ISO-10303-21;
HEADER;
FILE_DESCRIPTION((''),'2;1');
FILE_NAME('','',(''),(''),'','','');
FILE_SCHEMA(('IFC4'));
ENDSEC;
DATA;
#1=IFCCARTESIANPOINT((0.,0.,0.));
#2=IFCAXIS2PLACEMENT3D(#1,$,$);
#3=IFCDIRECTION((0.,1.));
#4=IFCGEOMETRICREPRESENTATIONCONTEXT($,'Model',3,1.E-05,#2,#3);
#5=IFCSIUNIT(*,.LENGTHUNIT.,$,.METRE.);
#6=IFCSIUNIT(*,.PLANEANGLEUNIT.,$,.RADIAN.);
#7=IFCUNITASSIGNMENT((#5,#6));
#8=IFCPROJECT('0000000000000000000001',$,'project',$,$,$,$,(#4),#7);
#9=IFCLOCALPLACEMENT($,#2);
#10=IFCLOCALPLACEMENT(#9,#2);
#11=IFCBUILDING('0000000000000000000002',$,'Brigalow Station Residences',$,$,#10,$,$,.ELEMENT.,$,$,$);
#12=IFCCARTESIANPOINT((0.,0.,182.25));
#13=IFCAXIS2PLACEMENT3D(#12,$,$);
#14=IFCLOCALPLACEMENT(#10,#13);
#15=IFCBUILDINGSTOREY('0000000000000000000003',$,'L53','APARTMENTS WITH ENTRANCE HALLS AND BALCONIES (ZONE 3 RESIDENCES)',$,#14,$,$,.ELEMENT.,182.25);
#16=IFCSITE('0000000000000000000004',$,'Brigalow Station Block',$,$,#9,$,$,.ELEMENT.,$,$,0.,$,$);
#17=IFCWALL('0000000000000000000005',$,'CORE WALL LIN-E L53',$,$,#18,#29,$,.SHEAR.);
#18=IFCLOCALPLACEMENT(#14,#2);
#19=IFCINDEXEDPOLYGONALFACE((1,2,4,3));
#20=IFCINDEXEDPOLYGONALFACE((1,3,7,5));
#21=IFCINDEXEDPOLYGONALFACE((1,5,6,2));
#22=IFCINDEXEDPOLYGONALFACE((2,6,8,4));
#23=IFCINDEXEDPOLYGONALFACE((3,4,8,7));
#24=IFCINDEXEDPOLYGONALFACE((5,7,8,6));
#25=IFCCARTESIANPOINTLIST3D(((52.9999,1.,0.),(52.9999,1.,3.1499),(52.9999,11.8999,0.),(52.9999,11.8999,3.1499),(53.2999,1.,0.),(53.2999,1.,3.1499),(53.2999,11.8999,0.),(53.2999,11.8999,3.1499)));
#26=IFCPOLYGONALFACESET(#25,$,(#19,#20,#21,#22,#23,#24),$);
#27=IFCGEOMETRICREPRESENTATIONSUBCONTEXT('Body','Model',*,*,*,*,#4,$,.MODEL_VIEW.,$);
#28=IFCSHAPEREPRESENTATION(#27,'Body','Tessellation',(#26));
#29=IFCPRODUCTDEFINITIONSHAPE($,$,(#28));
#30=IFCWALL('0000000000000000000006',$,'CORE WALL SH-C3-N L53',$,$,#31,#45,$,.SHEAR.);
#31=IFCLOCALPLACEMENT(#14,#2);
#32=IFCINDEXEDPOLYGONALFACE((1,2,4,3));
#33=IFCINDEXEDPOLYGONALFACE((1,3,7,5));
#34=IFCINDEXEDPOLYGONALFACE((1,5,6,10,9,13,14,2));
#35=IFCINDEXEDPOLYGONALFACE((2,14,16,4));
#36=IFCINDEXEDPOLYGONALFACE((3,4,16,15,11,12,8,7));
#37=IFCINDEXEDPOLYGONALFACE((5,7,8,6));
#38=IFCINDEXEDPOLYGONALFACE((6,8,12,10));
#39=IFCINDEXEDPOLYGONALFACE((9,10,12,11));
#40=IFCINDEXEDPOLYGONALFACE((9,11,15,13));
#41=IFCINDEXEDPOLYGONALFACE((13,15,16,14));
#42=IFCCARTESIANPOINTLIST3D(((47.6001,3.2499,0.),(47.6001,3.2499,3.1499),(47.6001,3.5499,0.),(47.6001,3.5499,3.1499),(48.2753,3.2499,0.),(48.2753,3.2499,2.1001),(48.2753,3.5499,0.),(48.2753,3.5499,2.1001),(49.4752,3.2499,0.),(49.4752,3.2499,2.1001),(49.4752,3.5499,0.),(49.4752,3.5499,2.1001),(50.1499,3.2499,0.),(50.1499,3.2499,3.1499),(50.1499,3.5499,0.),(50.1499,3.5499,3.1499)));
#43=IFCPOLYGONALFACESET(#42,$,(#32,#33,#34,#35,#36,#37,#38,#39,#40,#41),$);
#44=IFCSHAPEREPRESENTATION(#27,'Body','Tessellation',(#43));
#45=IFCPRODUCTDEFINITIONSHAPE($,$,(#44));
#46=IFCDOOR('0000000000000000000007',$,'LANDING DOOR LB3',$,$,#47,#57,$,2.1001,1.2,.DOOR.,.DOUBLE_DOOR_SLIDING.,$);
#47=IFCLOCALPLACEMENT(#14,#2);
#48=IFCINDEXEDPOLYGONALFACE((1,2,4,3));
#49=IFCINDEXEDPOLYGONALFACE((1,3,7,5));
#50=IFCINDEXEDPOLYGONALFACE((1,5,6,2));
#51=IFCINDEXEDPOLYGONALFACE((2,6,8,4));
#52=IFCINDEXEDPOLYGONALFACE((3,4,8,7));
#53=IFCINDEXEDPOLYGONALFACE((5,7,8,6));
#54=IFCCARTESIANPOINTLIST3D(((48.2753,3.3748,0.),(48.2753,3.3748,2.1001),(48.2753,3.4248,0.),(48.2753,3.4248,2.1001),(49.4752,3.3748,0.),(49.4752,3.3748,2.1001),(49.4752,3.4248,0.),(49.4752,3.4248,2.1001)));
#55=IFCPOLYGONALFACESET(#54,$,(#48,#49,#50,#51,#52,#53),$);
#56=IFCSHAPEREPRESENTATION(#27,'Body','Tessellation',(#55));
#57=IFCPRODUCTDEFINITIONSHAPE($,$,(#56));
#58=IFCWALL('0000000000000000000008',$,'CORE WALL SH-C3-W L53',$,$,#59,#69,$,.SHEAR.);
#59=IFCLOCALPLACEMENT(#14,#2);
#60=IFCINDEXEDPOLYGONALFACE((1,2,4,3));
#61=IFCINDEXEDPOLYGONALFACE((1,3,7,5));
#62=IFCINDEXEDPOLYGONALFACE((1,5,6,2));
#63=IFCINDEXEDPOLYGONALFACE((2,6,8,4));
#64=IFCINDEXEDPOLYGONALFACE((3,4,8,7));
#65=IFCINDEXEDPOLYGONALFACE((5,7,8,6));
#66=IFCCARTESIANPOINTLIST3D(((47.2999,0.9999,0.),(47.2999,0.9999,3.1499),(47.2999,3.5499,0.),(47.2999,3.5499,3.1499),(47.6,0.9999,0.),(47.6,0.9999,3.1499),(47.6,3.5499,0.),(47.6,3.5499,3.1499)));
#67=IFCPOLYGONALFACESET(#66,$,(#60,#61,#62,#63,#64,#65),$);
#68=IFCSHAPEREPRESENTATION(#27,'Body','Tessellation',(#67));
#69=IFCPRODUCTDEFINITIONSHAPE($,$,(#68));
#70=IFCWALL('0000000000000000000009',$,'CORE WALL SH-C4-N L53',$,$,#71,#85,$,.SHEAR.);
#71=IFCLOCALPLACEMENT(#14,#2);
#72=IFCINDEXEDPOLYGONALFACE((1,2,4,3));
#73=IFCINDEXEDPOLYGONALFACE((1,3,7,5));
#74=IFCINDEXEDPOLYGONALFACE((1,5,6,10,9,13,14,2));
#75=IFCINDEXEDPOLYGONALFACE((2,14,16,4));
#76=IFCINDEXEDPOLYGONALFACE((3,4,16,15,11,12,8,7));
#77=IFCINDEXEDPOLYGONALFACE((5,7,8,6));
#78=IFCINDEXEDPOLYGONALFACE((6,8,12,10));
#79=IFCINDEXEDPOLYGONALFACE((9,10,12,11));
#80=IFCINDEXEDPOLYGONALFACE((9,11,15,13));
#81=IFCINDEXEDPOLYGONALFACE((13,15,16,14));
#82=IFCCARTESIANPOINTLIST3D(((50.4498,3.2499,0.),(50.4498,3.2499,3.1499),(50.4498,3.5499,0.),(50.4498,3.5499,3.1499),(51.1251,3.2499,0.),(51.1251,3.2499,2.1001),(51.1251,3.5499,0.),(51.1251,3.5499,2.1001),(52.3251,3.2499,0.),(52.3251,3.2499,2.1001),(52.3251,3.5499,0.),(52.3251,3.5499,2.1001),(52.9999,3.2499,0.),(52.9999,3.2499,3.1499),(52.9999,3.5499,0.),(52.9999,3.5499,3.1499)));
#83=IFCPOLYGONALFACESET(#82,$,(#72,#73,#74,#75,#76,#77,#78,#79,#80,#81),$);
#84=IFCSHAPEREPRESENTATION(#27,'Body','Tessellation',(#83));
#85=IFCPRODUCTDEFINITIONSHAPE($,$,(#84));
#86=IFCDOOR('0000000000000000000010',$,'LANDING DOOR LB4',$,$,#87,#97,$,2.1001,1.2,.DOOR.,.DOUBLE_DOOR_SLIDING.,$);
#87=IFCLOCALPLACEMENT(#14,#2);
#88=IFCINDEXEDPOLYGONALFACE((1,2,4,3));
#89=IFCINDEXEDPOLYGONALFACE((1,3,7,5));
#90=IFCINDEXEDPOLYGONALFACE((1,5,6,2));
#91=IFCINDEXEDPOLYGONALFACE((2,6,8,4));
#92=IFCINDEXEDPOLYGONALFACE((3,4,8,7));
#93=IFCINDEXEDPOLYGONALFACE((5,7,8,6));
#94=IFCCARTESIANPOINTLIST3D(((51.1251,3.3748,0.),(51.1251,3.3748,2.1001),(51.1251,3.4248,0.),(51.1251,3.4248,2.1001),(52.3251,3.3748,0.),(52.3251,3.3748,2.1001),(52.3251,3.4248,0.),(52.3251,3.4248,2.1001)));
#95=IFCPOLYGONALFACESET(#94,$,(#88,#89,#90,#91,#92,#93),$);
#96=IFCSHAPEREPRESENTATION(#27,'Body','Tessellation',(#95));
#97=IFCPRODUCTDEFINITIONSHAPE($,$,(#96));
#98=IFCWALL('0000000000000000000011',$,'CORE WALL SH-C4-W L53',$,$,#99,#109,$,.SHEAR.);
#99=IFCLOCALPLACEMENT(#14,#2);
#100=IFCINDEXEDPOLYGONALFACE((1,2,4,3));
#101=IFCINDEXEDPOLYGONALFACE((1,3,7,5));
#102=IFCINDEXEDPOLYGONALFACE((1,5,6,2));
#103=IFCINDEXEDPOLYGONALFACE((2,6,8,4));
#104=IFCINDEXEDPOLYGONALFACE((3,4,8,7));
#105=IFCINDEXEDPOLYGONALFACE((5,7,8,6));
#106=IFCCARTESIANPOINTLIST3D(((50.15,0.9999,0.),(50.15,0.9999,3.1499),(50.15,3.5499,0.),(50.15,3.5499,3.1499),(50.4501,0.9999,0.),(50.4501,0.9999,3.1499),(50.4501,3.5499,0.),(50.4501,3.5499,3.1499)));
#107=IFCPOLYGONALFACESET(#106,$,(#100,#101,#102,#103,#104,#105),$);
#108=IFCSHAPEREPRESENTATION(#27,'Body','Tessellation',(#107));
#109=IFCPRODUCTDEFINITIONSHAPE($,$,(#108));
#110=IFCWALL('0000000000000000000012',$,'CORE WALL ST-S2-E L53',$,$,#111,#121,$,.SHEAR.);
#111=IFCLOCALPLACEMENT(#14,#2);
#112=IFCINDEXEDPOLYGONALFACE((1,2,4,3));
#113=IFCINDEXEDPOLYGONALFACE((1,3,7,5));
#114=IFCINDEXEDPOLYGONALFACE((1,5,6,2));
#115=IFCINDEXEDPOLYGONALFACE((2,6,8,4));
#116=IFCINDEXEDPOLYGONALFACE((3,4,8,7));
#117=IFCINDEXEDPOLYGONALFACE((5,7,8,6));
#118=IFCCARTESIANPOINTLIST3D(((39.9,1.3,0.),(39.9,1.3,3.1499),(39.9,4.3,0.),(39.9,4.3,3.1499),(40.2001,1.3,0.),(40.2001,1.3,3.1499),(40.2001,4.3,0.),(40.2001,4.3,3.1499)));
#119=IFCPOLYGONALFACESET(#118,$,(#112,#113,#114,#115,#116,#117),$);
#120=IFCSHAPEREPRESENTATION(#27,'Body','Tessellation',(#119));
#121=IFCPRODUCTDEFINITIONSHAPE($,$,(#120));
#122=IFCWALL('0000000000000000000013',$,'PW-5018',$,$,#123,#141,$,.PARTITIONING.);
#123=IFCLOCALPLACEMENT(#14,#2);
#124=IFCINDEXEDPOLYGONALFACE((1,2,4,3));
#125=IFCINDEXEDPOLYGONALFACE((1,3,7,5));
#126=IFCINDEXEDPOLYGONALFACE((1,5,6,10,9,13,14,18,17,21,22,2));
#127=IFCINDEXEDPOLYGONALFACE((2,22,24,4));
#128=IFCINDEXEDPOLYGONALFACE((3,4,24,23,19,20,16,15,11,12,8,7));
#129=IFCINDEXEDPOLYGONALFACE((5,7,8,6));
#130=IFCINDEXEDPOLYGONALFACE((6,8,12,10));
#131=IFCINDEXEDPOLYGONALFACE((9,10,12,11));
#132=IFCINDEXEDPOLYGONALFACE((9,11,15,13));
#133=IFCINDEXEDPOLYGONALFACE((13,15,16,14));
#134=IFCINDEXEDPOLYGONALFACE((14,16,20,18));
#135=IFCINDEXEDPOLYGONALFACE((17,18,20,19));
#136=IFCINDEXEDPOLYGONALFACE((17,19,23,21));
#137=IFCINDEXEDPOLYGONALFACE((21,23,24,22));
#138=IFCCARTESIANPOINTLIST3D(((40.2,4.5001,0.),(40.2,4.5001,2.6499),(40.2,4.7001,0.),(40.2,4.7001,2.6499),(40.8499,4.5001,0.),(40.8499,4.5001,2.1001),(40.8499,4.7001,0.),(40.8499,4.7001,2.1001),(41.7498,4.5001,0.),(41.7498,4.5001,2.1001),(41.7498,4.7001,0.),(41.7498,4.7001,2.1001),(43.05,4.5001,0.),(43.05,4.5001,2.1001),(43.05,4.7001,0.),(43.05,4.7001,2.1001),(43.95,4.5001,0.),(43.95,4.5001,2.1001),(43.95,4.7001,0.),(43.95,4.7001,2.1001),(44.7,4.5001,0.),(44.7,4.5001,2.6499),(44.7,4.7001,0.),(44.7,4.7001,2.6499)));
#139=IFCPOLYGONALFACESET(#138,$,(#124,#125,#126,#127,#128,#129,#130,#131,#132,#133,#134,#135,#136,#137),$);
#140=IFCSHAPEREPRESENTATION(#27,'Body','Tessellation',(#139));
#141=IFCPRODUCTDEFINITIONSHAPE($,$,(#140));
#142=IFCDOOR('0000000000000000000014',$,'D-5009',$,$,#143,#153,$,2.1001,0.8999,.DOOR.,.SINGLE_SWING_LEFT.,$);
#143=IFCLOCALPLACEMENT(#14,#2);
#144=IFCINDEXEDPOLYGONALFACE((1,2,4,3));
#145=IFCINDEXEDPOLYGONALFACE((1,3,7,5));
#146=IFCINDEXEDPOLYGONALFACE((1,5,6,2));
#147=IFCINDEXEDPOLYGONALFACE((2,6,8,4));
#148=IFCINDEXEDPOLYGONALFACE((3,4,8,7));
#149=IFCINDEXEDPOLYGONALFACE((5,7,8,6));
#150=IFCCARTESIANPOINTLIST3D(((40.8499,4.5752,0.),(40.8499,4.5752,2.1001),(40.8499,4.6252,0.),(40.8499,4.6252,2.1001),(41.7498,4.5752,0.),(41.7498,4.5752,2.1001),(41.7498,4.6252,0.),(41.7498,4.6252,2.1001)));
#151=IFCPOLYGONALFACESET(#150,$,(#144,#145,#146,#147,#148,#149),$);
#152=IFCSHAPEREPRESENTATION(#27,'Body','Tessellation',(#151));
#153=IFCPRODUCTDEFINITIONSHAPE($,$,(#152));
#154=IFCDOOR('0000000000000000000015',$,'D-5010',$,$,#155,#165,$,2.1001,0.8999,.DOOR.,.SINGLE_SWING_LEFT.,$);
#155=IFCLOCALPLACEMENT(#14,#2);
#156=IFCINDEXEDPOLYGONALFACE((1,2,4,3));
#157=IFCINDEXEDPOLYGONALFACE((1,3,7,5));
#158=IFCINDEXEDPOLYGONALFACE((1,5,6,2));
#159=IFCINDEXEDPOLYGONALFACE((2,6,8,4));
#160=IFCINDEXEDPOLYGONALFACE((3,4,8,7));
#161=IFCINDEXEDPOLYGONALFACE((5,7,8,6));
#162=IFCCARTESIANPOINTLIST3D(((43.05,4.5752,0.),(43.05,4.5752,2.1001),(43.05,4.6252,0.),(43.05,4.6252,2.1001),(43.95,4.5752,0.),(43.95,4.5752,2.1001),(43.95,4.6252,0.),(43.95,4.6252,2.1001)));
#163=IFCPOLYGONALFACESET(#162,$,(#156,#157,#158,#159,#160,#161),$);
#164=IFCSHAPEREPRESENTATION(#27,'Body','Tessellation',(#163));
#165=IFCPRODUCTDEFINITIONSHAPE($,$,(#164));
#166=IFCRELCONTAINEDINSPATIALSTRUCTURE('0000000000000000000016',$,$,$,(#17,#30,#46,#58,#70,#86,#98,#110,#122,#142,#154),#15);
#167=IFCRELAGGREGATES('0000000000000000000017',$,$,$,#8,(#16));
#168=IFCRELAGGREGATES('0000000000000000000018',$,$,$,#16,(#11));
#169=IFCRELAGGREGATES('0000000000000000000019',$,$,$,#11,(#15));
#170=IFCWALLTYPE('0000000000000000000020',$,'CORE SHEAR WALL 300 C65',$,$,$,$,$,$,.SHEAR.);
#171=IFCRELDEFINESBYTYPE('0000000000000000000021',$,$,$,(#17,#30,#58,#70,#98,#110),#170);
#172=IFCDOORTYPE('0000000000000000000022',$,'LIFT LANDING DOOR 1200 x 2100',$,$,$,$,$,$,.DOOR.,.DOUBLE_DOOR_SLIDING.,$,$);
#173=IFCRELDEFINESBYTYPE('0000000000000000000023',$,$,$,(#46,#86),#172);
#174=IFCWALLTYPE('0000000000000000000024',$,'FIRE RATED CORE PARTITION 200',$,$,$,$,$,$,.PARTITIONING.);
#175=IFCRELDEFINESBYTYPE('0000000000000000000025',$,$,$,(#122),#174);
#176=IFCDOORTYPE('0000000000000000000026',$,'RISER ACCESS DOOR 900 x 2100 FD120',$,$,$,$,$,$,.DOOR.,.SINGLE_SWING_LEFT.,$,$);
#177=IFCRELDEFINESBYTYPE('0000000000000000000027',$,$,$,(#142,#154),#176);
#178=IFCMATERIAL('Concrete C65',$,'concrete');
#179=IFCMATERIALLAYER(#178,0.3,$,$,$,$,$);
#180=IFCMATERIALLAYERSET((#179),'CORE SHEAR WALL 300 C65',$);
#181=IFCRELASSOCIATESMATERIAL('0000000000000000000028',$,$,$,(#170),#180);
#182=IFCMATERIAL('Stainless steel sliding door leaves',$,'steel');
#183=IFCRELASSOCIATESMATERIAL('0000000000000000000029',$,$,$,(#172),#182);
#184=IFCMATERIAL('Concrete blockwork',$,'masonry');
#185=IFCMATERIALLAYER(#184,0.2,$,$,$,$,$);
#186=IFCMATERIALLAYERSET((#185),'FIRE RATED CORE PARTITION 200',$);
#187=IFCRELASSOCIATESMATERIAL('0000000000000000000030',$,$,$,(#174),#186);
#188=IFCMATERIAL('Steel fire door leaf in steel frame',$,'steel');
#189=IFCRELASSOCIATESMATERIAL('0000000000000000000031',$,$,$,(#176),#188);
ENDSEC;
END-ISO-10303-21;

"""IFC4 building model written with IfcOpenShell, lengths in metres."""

from ifc_helpers import new_model, si_unit, direction, frame, frame_2d, origin, place, context, subcontext, project, spatial, rectangle, extrude, material, layer, layer_set, type_object, element, fill, save


model = new_model("IFC4")

# Units and contexts
model_context = context("Model", 3, precision=1e-05, world=origin(), true_north=direction((0.0, 1.0)))
body_context = subcontext(model_context, "Body", "Model", "MODEL_VIEW")
ifc_project = project(units=[si_unit("LENGTHUNIT", "METRE"), si_unit("PLANEANGLEUNIT", "RADIAN")], contexts=[model_context])

# Site, building, storey
site_placement = place(None, origin())
site = spatial("IfcSite", under=ifc_project, at=site_placement, Name="Brigalow Station Block", CompositionType="ELEMENT", RefElevation=0.0)
building_placement = place(site_placement, origin())
building = spatial("IfcBuilding", under=site, at=building_placement, Name="Brigalow Station Residences", CompositionType="ELEMENT")
storey_placement = place(building_placement, frame((0.0, 0.0, 182.25)))
storey = spatial("IfcBuildingStorey", under=building, at=storey_placement, Name="L53", Description="APARTMENTS WITH ENTRANCE HALLS AND BALCONIES (ZONE 3 RESIDENCES)", CompositionType="ELEMENT", Elevation=182.25)

# Wall
ifc_material_1 = material(Name="Concrete C65", Category="concrete")
ifc_layer_1 = layer(ifc_material_1, 0.3)
ifc_layer_set_1 = layer_set([ifc_layer_1], Name="CORE SHEAR WALL 300 C65")
wall_type_1 = type_object("IfcWallType", Name="CORE SHEAR WALL 300 C65", PredefinedType="SHEAR", material=ifc_layer_set_1)
wall_1_placement = place(storey_placement, frame((53.1499, 1.0, 0.0), z_axis=(0.0, 0.0, 1.0), x_axis=(0.0, 1.0, 0.0)))
element("IfcWall", 1, at=wall_1_placement, inside=storey, type_object=wall_type_1, Name="CORE WALL LIN-E L53", PredefinedType="SHEAR", context=body_context, shape_type="SweptSolid", body=[
    extrude(rectangle(XDim=10.8999, YDim=0.3, at=frame_2d((5.45, 0.0))), origin(), (0.0, 0.0, 1.0), 3.1499),
])

# Wall, opening, door
wall_2_placement = place(storey_placement, frame((47.6001, 3.3999, 0.0), z_axis=(0.0, 0.0, 1.0), x_axis=(1.0, 0.0, 0.0)))
wall_2 = element("IfcWall", 2, at=wall_2_placement, inside=storey, type_object=wall_type_1, Name="CORE WALL SH-C3-N L53", PredefinedType="SHEAR", context=body_context, shape_type="SweptSolid", body=[
    extrude(rectangle(XDim=2.5498, YDim=0.3, at=frame_2d((1.2749, 0.0))), origin(), (0.0, 0.0, 1.0), 3.1499),
])
opening_1_placement = place(wall_2_placement, frame((0.675, 0.0, 0.0)))
opening_1 = element("IfcOpeningElement", 3, at=opening_1_placement, cuts=wall_2, PredefinedType="OPENING", context=body_context, shape_type="SweptSolid", body=[
    extrude(rectangle(XDim=1.2, YDim=2.1001, at=frame_2d((0.6001, 1.05))), frame((0.0, 0.1602, 0.0), z_axis=(0.0, -1.0, 0.0), x_axis=(1.0, 0.0, 0.0)), (0.0, 0.0, 1.0), 0.3201),
])
ifc_material_2 = material(Name="Stainless steel sliding door leaves", Category="steel")
door_type_1 = type_object("IfcDoorType", Name="LIFT LANDING DOOR 1200 x 2100", OperationType="DOUBLE_DOOR_SLIDING", PredefinedType="DOOR", material=ifc_material_2)
door_1_placement = place(opening_1_placement, origin())
door_1 = element("IfcDoor", 4, at=door_1_placement, inside=storey, type_object=door_type_1, Name="LANDING DOOR LB3", OperationType="DOUBLE_DOOR_SLIDING", OverallHeight=2.1001, OverallWidth=1.2, PredefinedType="DOOR", context=body_context, shape_type="SweptSolid", body=[
    extrude(rectangle(XDim=1.2, YDim=2.1001, at=frame_2d((0.6001, 1.05))), frame((0.0, 0.0249, 0.0), z_axis=(0.0, -1.0, 0.0), x_axis=(1.0, 0.0, 0.0)), (0.0, 0.0, 1.0), 0.05),
])
fill(opening_1, door_1)

# Wall
wall_3_placement = place(storey_placement, frame((47.45, 1.0, 0.0), z_axis=(0.0, 0.0, 1.0), x_axis=(0.0, 1.0, 0.0)))
element("IfcWall", 5, at=wall_3_placement, inside=storey, type_object=wall_type_1, Name="CORE WALL SH-C3-W L53", PredefinedType="SHEAR", context=body_context, shape_type="SweptSolid", body=[
    extrude(rectangle(XDim=2.55, YDim=0.3, at=frame_2d((1.2749, 0.0))), origin(), (0.0, 0.0, 1.0), 3.1499),
])

# Wall, opening, door
wall_4_placement = place(storey_placement, frame((50.45, 3.3999, 0.0), z_axis=(0.0, 0.0, 1.0), x_axis=(1.0, 0.0, 0.0)))
wall_4 = element("IfcWall", 6, at=wall_4_placement, inside=storey, type_object=wall_type_1, Name="CORE WALL SH-C4-N L53", PredefinedType="SHEAR", context=body_context, shape_type="SweptSolid", body=[
    extrude(rectangle(XDim=2.55, YDim=0.3, at=frame_2d((1.2749, 0.0))), origin(), (0.0, 0.0, 1.0), 3.1499),
])
opening_2_placement = place(wall_4_placement, frame((0.675, 0.0, 0.0)))
opening_2 = element("IfcOpeningElement", 7, at=opening_2_placement, cuts=wall_4, PredefinedType="OPENING", context=body_context, shape_type="SweptSolid", body=[
    extrude(rectangle(XDim=1.2, YDim=2.1001, at=frame_2d((0.6001, 1.05))), frame((0.0, 0.1602, 0.0), z_axis=(0.0, -1.0, 0.0), x_axis=(1.0, 0.0, 0.0)), (0.0, 0.0, 1.0), 0.3201),
])
door_2_placement = place(opening_2_placement, origin())
door_2 = element("IfcDoor", 8, at=door_2_placement, inside=storey, type_object=door_type_1, Name="LANDING DOOR LB4", OperationType="DOUBLE_DOOR_SLIDING", OverallHeight=2.1001, OverallWidth=1.2, PredefinedType="DOOR", context=body_context, shape_type="SweptSolid", body=[
    extrude(rectangle(XDim=1.2, YDim=2.1001, at=frame_2d((0.6001, 1.05))), frame((0.0, 0.0249, 0.0), z_axis=(0.0, -1.0, 0.0), x_axis=(1.0, 0.0, 0.0)), (0.0, 0.0, 1.0), 0.05),
])
fill(opening_2, door_2)

# Walls
wall_5_placement = place(storey_placement, frame((50.3, 1.0, 0.0), z_axis=(0.0, 0.0, 1.0), x_axis=(0.0, 1.0, 0.0)))
element("IfcWall", 9, at=wall_5_placement, inside=storey, type_object=wall_type_1, Name="CORE WALL SH-C4-W L53", PredefinedType="SHEAR", context=body_context, shape_type="SweptSolid", body=[
    extrude(rectangle(XDim=2.55, YDim=0.3, at=frame_2d((1.2749, 0.0))), origin(), (0.0, 0.0, 1.0), 3.1499),
])
wall_6_placement = place(storey_placement, frame((40.05, 1.3, 0.0), z_axis=(0.0, 0.0, 1.0), x_axis=(0.0, 1.0, 0.0)))
element("IfcWall", 10, at=wall_6_placement, inside=storey, type_object=wall_type_1, Name="CORE WALL ST-S2-E L53", PredefinedType="SHEAR", context=body_context, shape_type="SweptSolid", body=[
    extrude(rectangle(XDim=3.0, YDim=0.3, at=frame_2d((1.5, 0.0))), origin(), (0.0, 0.0, 1.0), 3.1499),
])

# Wall, openings, doors
ifc_material_3 = material(Name="Concrete blockwork", Category="masonry")
ifc_layer_2 = layer(ifc_material_3, 0.2)
ifc_layer_set_2 = layer_set([ifc_layer_2], Name="FIRE RATED CORE PARTITION 200")
wall_type_2 = type_object("IfcWallType", Name="FIRE RATED CORE PARTITION 200", PredefinedType="PARTITIONING", material=ifc_layer_set_2)
wall_7_placement = place(storey_placement, frame((40.2, 4.6001, 0.0), z_axis=(0.0, 0.0, 1.0), x_axis=(1.0, 0.0, 0.0)))
wall_7 = element("IfcWall", 11, at=wall_7_placement, inside=storey, type_object=wall_type_2, Name="PW-5018", PredefinedType="PARTITIONING", context=body_context, shape_type="SweptSolid", body=[
    extrude(rectangle(XDim=4.5, YDim=0.2, at=frame_2d((2.25, 0.0))), origin(), (0.0, 0.0, 1.0), 2.6499),
])
opening_3_placement = place(wall_7_placement, frame((0.6499, 0.0, 0.0)))
opening_3 = element("IfcOpeningElement", 12, at=opening_3_placement, cuts=wall_7, PredefinedType="OPENING", context=body_context, shape_type="SweptSolid", body=[
    extrude(rectangle(XDim=0.8999, YDim=2.1001, at=frame_2d((0.45, 1.05))), frame((0.0, 0.1099, 0.0), z_axis=(0.0, -1.0, 0.0), x_axis=(1.0, 0.0, 0.0)), (0.0, 0.0, 1.0), 0.22),
])
opening_4_placement = place(wall_7_placement, frame((2.8501, 0.0, 0.0)))
opening_4 = element("IfcOpeningElement", 13, at=opening_4_placement, cuts=wall_7, PredefinedType="OPENING", context=body_context, shape_type="SweptSolid", body=[
    extrude(rectangle(XDim=0.8999, YDim=2.1001, at=frame_2d((0.45, 1.05))), frame((0.0, 0.1099, 0.0), z_axis=(0.0, -1.0, 0.0), x_axis=(1.0, 0.0, 0.0)), (0.0, 0.0, 1.0), 0.22),
])
ifc_material_4 = material(Name="Steel fire door leaf in steel frame", Category="steel")
door_type_2 = type_object("IfcDoorType", Name="RISER ACCESS DOOR 900 x 2100 FD120", OperationType="SINGLE_SWING_LEFT", PredefinedType="DOOR", material=ifc_material_4)
door_3_placement = place(opening_3_placement, frame((0.8999, 0.0, 0.0), z_axis=(0.0, 0.0, 1.0), x_axis=(-1.0, 0.0, 0.0)))
door_3 = element("IfcDoor", 14, at=door_3_placement, inside=storey, type_object=door_type_2, Name="D-5009", OperationType="SINGLE_SWING_LEFT", OverallHeight=2.1001, OverallWidth=0.8999, PredefinedType="DOOR", context=body_context, shape_type="SweptSolid", body=[
    extrude(rectangle(XDim=0.8999, YDim=2.1001, at=frame_2d((0.45, 1.05))), frame((0.0, 0.0249, 0.0), z_axis=(0.0, -1.0, 0.0), x_axis=(1.0, 0.0, 0.0)), (0.0, 0.0, 1.0), 0.05),
])
fill(opening_3, door_3)
door_4_placement = place(opening_4_placement, frame((0.8999, 0.0, 0.0), z_axis=(0.0, 0.0, 1.0), x_axis=(-1.0, 0.0, 0.0)))
door_4 = element("IfcDoor", 15, at=door_4_placement, inside=storey, type_object=door_type_2, Name="D-5010", OperationType="SINGLE_SWING_LEFT", OverallHeight=2.1001, OverallWidth=0.8999, PredefinedType="DOOR", context=body_context, shape_type="SweptSolid", body=[
    extrude(rectangle(XDim=0.8999, YDim=2.1001, at=frame_2d((0.45, 1.05))), frame((0.0, 0.0249, 0.0), z_axis=(0.0, -1.0, 0.0), x_axis=(1.0, 0.0, 0.0)), (0.0, 0.0, 1.0), 0.05),
])
fill(opening_4, door_4)

save(model, "model.ifc")
